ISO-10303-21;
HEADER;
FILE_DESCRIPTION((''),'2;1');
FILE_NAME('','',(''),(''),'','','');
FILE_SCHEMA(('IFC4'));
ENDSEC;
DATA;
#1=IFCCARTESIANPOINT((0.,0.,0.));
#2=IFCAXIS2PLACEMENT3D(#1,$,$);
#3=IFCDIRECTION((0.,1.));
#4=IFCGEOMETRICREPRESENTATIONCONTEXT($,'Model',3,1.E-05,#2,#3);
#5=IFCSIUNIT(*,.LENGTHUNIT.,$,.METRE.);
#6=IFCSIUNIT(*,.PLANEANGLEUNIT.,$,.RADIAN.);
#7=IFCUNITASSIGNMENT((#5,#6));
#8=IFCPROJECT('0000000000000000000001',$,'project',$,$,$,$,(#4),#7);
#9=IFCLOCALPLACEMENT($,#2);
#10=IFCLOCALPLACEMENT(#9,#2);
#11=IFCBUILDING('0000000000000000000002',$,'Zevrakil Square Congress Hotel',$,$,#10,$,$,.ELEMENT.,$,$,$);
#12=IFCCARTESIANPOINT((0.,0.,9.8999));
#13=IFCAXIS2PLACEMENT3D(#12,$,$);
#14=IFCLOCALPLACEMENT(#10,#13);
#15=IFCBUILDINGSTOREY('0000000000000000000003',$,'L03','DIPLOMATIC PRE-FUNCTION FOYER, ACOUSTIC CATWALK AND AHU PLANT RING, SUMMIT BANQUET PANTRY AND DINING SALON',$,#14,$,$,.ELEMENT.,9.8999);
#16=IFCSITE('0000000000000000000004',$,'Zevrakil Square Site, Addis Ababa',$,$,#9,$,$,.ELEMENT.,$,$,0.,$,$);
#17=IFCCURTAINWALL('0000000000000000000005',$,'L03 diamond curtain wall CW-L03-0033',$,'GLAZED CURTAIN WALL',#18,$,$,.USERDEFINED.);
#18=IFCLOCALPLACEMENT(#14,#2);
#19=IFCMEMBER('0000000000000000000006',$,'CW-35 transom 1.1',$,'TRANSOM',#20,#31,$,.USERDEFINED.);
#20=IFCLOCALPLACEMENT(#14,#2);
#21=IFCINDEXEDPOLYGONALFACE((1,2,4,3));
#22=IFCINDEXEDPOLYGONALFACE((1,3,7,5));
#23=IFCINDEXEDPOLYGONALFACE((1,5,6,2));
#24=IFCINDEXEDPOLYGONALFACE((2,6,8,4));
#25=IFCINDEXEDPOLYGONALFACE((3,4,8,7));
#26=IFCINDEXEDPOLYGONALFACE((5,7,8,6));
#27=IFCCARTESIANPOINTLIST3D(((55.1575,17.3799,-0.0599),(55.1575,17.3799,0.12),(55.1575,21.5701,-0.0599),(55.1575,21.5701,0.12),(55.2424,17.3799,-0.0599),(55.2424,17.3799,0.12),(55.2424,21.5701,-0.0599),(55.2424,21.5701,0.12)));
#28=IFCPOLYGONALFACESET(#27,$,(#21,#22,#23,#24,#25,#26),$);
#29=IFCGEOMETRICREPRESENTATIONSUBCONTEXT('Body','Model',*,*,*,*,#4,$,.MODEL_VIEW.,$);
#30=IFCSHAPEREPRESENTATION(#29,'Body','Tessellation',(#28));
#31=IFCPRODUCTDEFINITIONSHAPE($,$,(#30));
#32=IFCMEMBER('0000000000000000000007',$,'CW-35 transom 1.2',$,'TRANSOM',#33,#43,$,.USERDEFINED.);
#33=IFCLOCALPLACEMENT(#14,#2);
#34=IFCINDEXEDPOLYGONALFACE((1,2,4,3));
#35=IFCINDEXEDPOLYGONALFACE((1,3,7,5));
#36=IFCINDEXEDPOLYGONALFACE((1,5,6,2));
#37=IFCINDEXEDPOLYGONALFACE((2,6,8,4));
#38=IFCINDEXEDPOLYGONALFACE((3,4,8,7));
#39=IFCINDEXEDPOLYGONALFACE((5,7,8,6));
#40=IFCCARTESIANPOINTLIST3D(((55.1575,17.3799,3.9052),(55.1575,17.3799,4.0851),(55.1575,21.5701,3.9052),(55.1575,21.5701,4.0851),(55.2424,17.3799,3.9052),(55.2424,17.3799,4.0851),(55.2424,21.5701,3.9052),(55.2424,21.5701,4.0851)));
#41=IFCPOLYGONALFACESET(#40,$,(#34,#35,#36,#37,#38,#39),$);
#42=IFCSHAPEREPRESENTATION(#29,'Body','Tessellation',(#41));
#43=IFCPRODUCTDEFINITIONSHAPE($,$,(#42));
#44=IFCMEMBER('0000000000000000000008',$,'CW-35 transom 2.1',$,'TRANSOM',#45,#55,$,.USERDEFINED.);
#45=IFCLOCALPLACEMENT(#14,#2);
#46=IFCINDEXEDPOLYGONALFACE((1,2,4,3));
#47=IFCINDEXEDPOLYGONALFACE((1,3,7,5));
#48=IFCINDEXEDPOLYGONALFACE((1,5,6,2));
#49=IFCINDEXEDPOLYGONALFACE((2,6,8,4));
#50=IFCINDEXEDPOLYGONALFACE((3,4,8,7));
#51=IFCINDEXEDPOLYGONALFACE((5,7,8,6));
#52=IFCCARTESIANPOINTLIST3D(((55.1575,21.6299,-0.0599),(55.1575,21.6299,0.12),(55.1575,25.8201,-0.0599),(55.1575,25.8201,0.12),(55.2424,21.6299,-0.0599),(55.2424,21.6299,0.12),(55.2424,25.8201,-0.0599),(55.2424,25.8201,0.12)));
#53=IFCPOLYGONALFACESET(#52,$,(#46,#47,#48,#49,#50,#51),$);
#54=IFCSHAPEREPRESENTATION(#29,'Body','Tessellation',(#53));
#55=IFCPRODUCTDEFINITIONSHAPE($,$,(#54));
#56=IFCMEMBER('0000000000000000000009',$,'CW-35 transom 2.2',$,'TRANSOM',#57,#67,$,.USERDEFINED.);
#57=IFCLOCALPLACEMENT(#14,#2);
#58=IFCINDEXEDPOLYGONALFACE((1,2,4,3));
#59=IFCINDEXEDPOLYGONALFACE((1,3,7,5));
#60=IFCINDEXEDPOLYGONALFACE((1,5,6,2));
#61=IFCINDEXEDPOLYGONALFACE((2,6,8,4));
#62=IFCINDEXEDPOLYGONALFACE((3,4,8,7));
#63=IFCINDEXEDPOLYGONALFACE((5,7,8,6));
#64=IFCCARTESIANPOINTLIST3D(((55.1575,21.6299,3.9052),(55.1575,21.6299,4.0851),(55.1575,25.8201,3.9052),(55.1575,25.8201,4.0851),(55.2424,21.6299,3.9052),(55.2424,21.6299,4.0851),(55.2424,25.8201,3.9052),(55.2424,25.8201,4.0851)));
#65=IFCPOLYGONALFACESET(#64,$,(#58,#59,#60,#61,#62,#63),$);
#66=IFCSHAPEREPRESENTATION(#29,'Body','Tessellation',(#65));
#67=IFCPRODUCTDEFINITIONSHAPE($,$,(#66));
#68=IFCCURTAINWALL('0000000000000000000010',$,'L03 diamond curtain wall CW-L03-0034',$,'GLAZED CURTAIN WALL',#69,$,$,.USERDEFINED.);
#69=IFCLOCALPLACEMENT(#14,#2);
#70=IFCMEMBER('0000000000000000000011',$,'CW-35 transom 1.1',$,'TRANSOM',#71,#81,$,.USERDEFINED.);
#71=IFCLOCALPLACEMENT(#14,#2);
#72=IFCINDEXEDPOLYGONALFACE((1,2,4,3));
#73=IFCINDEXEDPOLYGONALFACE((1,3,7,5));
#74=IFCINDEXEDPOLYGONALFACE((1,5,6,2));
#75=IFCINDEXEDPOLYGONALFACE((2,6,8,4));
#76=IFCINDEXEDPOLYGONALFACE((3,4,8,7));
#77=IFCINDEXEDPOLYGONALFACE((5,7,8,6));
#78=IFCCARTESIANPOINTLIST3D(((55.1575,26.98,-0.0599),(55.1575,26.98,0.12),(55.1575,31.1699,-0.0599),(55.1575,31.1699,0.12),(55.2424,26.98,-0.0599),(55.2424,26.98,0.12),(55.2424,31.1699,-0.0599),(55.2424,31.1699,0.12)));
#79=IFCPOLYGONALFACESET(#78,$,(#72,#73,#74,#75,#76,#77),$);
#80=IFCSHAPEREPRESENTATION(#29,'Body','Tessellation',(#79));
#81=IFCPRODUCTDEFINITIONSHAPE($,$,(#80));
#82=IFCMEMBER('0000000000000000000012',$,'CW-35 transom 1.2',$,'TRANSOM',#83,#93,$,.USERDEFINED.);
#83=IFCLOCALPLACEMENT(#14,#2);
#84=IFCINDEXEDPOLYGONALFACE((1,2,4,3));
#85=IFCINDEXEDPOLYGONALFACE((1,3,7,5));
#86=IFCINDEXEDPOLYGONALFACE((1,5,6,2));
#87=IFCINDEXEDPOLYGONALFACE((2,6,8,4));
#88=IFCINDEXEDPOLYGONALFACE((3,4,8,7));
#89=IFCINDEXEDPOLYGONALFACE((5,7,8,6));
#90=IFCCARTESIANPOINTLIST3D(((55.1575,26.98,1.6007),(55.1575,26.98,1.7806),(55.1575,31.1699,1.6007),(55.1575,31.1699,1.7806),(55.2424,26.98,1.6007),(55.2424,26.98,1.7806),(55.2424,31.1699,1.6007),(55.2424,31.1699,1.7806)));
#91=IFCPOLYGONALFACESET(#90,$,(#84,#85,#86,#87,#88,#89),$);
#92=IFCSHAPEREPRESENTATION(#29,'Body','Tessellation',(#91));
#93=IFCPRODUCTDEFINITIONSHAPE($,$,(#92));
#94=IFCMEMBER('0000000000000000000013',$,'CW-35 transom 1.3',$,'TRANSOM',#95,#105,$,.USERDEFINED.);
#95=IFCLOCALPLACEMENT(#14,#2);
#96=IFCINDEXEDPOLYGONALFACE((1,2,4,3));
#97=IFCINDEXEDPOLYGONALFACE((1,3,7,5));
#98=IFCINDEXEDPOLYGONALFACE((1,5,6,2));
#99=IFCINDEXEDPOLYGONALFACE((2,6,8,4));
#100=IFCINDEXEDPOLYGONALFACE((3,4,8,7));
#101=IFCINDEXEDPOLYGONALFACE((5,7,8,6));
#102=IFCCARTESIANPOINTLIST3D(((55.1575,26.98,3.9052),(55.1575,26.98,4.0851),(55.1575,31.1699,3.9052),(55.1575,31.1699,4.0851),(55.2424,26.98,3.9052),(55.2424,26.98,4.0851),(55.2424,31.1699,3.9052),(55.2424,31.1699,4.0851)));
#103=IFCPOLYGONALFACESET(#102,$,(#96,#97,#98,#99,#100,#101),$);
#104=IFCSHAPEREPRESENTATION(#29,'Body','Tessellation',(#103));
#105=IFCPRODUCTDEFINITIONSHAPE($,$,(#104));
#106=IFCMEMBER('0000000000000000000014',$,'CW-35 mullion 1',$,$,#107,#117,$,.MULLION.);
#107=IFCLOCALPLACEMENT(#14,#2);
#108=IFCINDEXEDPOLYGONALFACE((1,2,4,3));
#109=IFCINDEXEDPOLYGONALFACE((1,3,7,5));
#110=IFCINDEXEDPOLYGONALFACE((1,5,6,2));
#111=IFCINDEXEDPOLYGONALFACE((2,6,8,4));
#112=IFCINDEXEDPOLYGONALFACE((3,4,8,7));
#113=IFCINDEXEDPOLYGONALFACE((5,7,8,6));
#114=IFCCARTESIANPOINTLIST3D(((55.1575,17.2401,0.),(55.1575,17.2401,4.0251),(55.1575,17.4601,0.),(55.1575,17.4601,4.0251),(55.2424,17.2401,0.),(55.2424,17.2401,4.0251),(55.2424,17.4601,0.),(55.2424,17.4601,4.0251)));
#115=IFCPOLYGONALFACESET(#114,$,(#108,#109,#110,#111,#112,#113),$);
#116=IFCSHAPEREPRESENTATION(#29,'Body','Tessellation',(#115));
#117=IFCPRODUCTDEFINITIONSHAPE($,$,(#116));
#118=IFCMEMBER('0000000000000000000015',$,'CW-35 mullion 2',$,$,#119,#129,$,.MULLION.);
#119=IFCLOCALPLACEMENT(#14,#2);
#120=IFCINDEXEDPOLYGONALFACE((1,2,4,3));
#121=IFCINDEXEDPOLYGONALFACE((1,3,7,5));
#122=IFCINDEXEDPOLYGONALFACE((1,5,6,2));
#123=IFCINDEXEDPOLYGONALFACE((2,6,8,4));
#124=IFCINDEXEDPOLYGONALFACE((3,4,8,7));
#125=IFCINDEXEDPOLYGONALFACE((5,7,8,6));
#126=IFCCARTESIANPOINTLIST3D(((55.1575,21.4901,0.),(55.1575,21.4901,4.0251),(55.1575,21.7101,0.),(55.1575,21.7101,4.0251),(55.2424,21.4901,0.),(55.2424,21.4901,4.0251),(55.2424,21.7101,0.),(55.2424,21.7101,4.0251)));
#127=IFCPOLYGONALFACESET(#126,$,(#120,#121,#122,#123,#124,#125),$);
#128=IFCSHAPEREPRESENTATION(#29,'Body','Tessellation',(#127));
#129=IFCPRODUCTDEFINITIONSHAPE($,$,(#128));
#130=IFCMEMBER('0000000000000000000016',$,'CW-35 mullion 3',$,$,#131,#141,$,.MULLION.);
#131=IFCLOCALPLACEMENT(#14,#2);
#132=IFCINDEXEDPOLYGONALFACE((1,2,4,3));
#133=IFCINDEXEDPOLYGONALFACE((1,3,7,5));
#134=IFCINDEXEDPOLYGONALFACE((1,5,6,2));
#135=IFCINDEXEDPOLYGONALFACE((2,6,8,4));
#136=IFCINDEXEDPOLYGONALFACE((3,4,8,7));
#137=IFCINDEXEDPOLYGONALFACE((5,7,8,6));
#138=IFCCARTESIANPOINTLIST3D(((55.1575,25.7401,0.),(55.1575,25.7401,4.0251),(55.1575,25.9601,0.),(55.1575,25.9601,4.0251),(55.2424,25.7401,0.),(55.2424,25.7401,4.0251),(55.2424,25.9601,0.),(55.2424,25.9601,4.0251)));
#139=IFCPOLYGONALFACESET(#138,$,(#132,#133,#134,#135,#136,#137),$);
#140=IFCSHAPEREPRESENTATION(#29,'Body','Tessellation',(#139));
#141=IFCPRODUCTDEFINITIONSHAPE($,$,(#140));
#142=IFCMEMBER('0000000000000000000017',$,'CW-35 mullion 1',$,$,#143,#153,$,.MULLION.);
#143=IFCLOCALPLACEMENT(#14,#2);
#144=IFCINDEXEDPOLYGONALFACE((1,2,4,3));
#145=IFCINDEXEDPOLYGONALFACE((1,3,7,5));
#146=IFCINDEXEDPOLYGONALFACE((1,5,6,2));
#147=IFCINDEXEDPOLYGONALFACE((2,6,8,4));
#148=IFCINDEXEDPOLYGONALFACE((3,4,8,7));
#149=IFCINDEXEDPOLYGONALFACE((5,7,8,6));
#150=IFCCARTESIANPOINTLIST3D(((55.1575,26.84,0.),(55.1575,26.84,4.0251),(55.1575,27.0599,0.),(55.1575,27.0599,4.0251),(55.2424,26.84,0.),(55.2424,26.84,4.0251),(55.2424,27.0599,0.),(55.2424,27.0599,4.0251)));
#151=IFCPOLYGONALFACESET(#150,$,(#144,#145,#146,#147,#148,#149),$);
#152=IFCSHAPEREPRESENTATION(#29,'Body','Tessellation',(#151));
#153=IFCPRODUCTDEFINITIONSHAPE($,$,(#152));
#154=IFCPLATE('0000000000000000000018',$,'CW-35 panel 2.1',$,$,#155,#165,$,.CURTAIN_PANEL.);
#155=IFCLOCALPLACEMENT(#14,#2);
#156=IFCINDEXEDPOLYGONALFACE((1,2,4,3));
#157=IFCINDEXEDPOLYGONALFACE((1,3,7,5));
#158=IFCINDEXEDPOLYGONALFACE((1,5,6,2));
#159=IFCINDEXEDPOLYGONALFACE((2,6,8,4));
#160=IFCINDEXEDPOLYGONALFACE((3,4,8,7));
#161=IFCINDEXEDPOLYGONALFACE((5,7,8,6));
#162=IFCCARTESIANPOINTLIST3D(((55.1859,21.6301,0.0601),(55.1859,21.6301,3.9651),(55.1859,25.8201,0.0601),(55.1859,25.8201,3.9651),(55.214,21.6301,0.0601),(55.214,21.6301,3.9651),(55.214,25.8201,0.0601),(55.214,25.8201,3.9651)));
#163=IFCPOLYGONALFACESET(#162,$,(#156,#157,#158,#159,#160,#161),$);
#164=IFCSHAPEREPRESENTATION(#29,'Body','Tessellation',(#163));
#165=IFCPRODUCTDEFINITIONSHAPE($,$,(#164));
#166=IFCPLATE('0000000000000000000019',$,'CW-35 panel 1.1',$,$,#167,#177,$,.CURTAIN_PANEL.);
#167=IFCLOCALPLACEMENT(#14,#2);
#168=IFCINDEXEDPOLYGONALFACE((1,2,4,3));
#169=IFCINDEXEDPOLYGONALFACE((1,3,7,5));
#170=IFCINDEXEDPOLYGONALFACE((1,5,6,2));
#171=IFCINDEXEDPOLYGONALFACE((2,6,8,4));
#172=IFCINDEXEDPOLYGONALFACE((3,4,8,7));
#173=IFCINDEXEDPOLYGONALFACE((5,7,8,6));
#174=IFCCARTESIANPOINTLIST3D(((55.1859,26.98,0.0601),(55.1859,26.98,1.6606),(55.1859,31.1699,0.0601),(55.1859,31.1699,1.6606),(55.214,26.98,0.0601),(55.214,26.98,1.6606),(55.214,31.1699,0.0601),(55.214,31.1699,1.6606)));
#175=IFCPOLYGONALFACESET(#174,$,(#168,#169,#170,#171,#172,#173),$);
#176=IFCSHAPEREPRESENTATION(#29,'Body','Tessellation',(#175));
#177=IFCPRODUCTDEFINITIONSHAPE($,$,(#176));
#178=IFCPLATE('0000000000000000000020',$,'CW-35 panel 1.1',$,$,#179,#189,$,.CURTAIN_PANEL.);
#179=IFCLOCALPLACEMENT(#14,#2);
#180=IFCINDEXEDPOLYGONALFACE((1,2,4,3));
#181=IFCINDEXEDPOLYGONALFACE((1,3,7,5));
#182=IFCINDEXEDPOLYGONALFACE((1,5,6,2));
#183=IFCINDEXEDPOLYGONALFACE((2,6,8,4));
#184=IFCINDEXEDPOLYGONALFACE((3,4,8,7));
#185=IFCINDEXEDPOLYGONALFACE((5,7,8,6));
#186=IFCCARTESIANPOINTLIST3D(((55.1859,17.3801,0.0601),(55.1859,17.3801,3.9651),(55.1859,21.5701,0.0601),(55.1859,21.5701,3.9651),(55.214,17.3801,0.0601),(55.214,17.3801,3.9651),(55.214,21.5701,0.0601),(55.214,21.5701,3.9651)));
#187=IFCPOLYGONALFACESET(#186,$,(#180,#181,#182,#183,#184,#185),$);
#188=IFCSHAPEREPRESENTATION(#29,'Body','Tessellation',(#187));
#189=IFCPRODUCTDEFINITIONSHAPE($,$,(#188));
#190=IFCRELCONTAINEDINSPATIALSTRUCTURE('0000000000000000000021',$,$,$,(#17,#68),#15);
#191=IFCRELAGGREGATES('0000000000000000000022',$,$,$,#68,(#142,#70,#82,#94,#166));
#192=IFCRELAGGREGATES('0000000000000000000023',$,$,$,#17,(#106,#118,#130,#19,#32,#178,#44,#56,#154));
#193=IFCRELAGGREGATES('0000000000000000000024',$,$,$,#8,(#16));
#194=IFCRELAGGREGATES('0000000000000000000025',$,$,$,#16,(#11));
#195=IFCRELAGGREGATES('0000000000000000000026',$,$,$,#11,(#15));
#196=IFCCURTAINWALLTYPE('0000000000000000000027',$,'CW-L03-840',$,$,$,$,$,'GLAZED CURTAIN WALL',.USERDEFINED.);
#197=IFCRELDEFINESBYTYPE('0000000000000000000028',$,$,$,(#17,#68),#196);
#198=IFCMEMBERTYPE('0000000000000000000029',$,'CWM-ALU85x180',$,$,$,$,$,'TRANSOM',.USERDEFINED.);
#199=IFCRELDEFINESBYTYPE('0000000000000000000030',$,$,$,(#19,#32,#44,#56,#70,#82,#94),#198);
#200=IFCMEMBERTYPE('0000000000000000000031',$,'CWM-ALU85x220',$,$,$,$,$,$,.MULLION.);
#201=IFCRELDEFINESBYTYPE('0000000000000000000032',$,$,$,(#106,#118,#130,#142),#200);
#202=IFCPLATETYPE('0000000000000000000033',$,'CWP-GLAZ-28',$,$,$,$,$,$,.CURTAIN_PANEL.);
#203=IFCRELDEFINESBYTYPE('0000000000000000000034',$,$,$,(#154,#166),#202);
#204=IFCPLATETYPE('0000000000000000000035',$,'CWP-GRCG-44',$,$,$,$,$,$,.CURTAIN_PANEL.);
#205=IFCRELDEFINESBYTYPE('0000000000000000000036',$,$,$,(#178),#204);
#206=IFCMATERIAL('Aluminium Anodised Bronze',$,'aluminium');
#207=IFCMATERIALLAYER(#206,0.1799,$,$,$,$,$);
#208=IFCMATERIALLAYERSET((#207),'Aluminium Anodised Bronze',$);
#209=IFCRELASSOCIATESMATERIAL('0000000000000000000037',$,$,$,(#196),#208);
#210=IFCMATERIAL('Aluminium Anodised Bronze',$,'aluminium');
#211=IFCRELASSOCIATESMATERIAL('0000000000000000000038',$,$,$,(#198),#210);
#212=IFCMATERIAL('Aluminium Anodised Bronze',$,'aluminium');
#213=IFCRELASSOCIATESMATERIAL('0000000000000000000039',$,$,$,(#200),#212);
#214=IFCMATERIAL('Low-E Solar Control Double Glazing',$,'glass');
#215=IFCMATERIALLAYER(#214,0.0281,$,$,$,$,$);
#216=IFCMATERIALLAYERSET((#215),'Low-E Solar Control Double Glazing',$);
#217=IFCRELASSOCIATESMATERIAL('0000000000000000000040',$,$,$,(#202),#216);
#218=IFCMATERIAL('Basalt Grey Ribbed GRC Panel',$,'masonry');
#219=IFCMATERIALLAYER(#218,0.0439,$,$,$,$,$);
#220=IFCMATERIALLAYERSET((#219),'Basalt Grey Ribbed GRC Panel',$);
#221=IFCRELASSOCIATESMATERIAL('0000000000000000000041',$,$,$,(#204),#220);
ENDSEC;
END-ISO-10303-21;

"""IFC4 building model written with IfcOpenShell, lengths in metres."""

from ifc_helpers import new_model, si_unit, direction, frame, origin, origin_2d, place, context, subcontext, project, spatial, rectangle, extrude, material, layer, layer_set, material_profile, profile_set, type_object, element, aggregate, save


model = new_model("IFC4")

# Units and contexts
model_context = context("Model", 3, precision=1e-05, world=origin(), true_north=direction((0.0, 1.0)))
body_context = subcontext(model_context, "Body", "Model", "MODEL_VIEW")
ifc_project = project(units=[si_unit("LENGTHUNIT", "METRE"), si_unit("PLANEANGLEUNIT", "RADIAN")], contexts=[model_context])

# Site, building, storey
site_placement = place(None, origin())
site = spatial("IfcSite", under=ifc_project, at=site_placement, Name="Zevrakil Square Site, Addis Ababa", CompositionType="ELEMENT", RefElevation=0.0)
building_placement = place(site_placement, origin())
building = spatial("IfcBuilding", under=site, at=building_placement, Name="Zevrakil Square Congress Hotel", CompositionType="ELEMENT")
storey_placement = place(building_placement, frame((0.0, 0.0, 9.8999)))
storey = spatial("IfcBuildingStorey", under=building, at=storey_placement, Name="L03", Description="DIPLOMATIC PRE-FUNCTION FOYER, ACOUSTIC CATWALK AND AHU PLANT RING, SUMMIT BANQUET PANTRY AND DINING SALON", CompositionType="ELEMENT", Elevation=9.8999)

# Curtain walls, members
ifc_material_1 = material(Name="Aluminium Anodised Bronze", Category="aluminium")
ifc_layer_1 = layer(ifc_material_1, 0.1799)
ifc_layer_set_1 = layer_set([ifc_layer_1], Name="Aluminium Anodised Bronze")
curtain_wall_type = type_object("IfcCurtainWallType", Name="CW-L03-840", ElementType="GLAZED CURTAIN WALL", PredefinedType="USERDEFINED", material=ifc_layer_set_1)
curtain_wall_1_placement = place(storey_placement, origin())
curtain_wall_1 = element("IfcCurtainWall", 1, at=curtain_wall_1_placement, inside=storey, type_object=curtain_wall_type, Name="L03 diamond curtain wall CW-L03-0033", ObjectType="GLAZED CURTAIN WALL", PredefinedType="USERDEFINED")
ifc_material_2 = material(Name="Aluminium Anodised Bronze", Category="aluminium")
ifc_material_profile_1 = material_profile(ifc_material_2, rectangle(XDim=0.085, YDim=0.1799, at=origin_2d()), Name="ALU 85x180")
ifc_profile_set_1 = profile_set([ifc_material_profile_1], Name="Aluminium Anodised Bronze")
member_type_1 = type_object("IfcMemberType", Name="CWM-ALU85x180", ElementType="TRANSOM", PredefinedType="USERDEFINED", material=ifc_profile_set_1)
member_1_placement = place(storey_placement, frame((55.2, 17.3799, 0.03), z_axis=(0.0, 1.0, 0.0), x_axis=(-1.0, 0.0, 0.0)))
member_1 = element("IfcMember", 2, at=member_1_placement, type_object=member_type_1, Name="CW-35 transom 1.1", ObjectType="TRANSOM", PredefinedType="USERDEFINED", context=body_context, shape_type="SweptSolid", body=[
    extrude(rectangle(XDim=0.085, YDim=0.1799, at=origin_2d()), origin(), (0.0, 0.0, 1.0), 4.1902),
])
member_2_placement = place(storey_placement, frame((55.2, 17.3799, 3.9951), z_axis=(0.0, 1.0, 0.0), x_axis=(-1.0, 0.0, 0.0)))
member_2 = element("IfcMember", 3, at=member_2_placement, type_object=member_type_1, Name="CW-35 transom 1.2", ObjectType="TRANSOM", PredefinedType="USERDEFINED", context=body_context, shape_type="SweptSolid", body=[
    extrude(rectangle(XDim=0.085, YDim=0.1799, at=origin_2d()), origin(), (0.0, 0.0, 1.0), 4.1902),
])
member_3_placement = place(storey_placement, frame((55.2, 21.6299, 0.03), z_axis=(0.0, 1.0, 0.0), x_axis=(-1.0, 0.0, 0.0)))
member_3 = element("IfcMember", 4, at=member_3_placement, type_object=member_type_1, Name="CW-35 transom 2.1", ObjectType="TRANSOM", PredefinedType="USERDEFINED", context=body_context, shape_type="SweptSolid", body=[
    extrude(rectangle(XDim=0.085, YDim=0.1799, at=origin_2d()), origin(), (0.0, 0.0, 1.0), 4.1902),
])
member_4_placement = place(storey_placement, frame((55.2, 21.6299, 3.9951), z_axis=(0.0, 1.0, 0.0), x_axis=(-1.0, 0.0, 0.0)))
member_4 = element("IfcMember", 5, at=member_4_placement, type_object=member_type_1, Name="CW-35 transom 2.2", ObjectType="TRANSOM", PredefinedType="USERDEFINED", context=body_context, shape_type="SweptSolid", body=[
    extrude(rectangle(XDim=0.085, YDim=0.1799, at=origin_2d()), origin(), (0.0, 0.0, 1.0), 4.1902),
])
curtain_wall_2_placement = place(storey_placement, origin())
curtain_wall_2 = element("IfcCurtainWall", 6, at=curtain_wall_2_placement, inside=storey, type_object=curtain_wall_type, Name="L03 diamond curtain wall CW-L03-0034", ObjectType="GLAZED CURTAIN WALL", PredefinedType="USERDEFINED")
member_5_placement = place(storey_placement, frame((55.2, 26.98, 0.03), z_axis=(0.0, 1.0, 0.0), x_axis=(-1.0, 0.0, 0.0)))
member_5 = element("IfcMember", 7, at=member_5_placement, type_object=member_type_1, Name="CW-35 transom 1.1", ObjectType="TRANSOM", PredefinedType="USERDEFINED", context=body_context, shape_type="SweptSolid", body=[
    extrude(rectangle(XDim=0.085, YDim=0.1799, at=origin_2d()), origin(), (0.0, 0.0, 1.0), 4.1899),
])
member_6_placement = place(storey_placement, frame((55.2, 26.98, 1.6907), z_axis=(0.0, 1.0, 0.0), x_axis=(-1.0, 0.0, 0.0)))
member_6 = element("IfcMember", 8, at=member_6_placement, type_object=member_type_1, Name="CW-35 transom 1.2", ObjectType="TRANSOM", PredefinedType="USERDEFINED", context=body_context, shape_type="SweptSolid", body=[
    extrude(rectangle(XDim=0.085, YDim=0.1799, at=origin_2d()), origin(), (0.0, 0.0, 1.0), 4.1899),
])
member_7_placement = place(storey_placement, frame((55.2, 26.98, 3.9951), z_axis=(0.0, 1.0, 0.0), x_axis=(-1.0, 0.0, 0.0)))
member_7 = element("IfcMember", 9, at=member_7_placement, type_object=member_type_1, Name="CW-35 transom 1.3", ObjectType="TRANSOM", PredefinedType="USERDEFINED", context=body_context, shape_type="SweptSolid", body=[
    extrude(rectangle(XDim=0.085, YDim=0.1799, at=origin_2d()), origin(), (0.0, 0.0, 1.0), 4.1899),
])

# Members
ifc_material_3 = material(Name="Aluminium Anodised Bronze", Category="aluminium")
ifc_material_profile_2 = material_profile(ifc_material_3, rectangle(XDim=0.085, YDim=0.22, at=origin_2d()), Name="ALU 85x220")
ifc_profile_set_2 = profile_set([ifc_material_profile_2], Name="Aluminium Anodised Bronze")
member_type_2 = type_object("IfcMemberType", Name="CWM-ALU85x220", PredefinedType="MULLION", material=ifc_profile_set_2)
member_8_placement = place(storey_placement, frame((55.2, 17.3501, 0.0), z_axis=(0.0, 0.0, 1.0), x_axis=(-1.0, 0.0, 0.0)))
member_8 = element("IfcMember", 10, at=member_8_placement, type_object=member_type_2, Name="CW-35 mullion 1", PredefinedType="MULLION", context=body_context, shape_type="SweptSolid", body=[
    extrude(rectangle(XDim=0.085, YDim=0.22, at=origin_2d()), origin(), (0.0, 0.0, 1.0), 4.0251),
])
member_9_placement = place(storey_placement, frame((55.2, 21.6001, 0.0), z_axis=(0.0, 0.0, 1.0), x_axis=(-1.0, 0.0, 0.0)))
member_9 = element("IfcMember", 11, at=member_9_placement, type_object=member_type_2, Name="CW-35 mullion 2", PredefinedType="MULLION", context=body_context, shape_type="SweptSolid", body=[
    extrude(rectangle(XDim=0.085, YDim=0.22, at=origin_2d()), origin(), (0.0, 0.0, 1.0), 4.0251),
])
member_10_placement = place(storey_placement, frame((55.2, 25.8501, 0.0), z_axis=(0.0, 0.0, 1.0), x_axis=(-1.0, 0.0, 0.0)))
member_10 = element("IfcMember", 12, at=member_10_placement, type_object=member_type_2, Name="CW-35 mullion 3", PredefinedType="MULLION", context=body_context, shape_type="SweptSolid", body=[
    extrude(rectangle(XDim=0.085, YDim=0.22, at=origin_2d()), origin(), (0.0, 0.0, 1.0), 4.0251),
])
member_11_placement = place(storey_placement, frame((55.2, 26.95, 0.0), z_axis=(0.0, 0.0, 1.0), x_axis=(-1.0, 0.0, 0.0)))
member_11 = element("IfcMember", 13, at=member_11_placement, type_object=member_type_2, Name="CW-35 mullion 1", PredefinedType="MULLION", context=body_context, shape_type="SweptSolid", body=[
    extrude(rectangle(XDim=0.085, YDim=0.22, at=origin_2d()), origin(), (0.0, 0.0, 1.0), 4.0251),
])

# Plates
ifc_material_4 = material(Name="Low-E Solar Control Double Glazing", Category="glass")
ifc_layer_2 = layer(ifc_material_4, 0.0281)
ifc_layer_set_2 = layer_set([ifc_layer_2], Name="Low-E Solar Control Double Glazing")
plate_type_1 = type_object("IfcPlateType", Name="CWP-GLAZ-28", PredefinedType="CURTAIN_PANEL", material=ifc_layer_set_2)
plate_1_placement = place(storey_placement, frame((55.2, 23.7251, 0.0601), z_axis=(0.0, 0.0, 1.0), x_axis=(0.0, 1.0, 0.0)))
plate_1 = element("IfcPlate", 14, at=plate_1_placement, type_object=plate_type_1, Name="CW-35 panel 2.1", PredefinedType="CURTAIN_PANEL", context=body_context, shape_type="SweptSolid", body=[
    extrude(rectangle(XDim=4.1899, YDim=0.0281, at=origin_2d()), origin(), (0.0, 0.0, 1.0), 3.905),
])
plate_2_placement = place(storey_placement, frame((55.2, 29.075, 0.0601), z_axis=(0.0, 0.0, 1.0), x_axis=(0.0, 1.0, 0.0)))
plate_2 = element("IfcPlate", 15, at=plate_2_placement, type_object=plate_type_1, Name="CW-35 panel 1.1", PredefinedType="CURTAIN_PANEL", context=body_context, shape_type="SweptSolid", body=[
    extrude(rectangle(XDim=4.1899, YDim=0.0281, at=origin_2d()), origin(), (0.0, 0.0, 1.0), 1.6006),
])
aggregate(curtain_wall_2, [member_11, member_5, member_6, member_7, plate_2])
ifc_material_5 = material(Name="Basalt Grey Ribbed GRC Panel", Category="masonry")
ifc_layer_3 = layer(ifc_material_5, 0.0439)
ifc_layer_set_3 = layer_set([ifc_layer_3], Name="Basalt Grey Ribbed GRC Panel")
plate_type_2 = type_object("IfcPlateType", Name="CWP-GRCG-44", PredefinedType="CURTAIN_PANEL", material=ifc_layer_set_3)
plate_3_placement = place(storey_placement, frame((55.2, 19.4751, 0.0601), z_axis=(0.0, 0.0, 1.0), x_axis=(0.0, 1.0, 0.0)))
plate_3 = element("IfcPlate", 16, at=plate_3_placement, type_object=plate_type_2, Name="CW-35 panel 1.1", PredefinedType="CURTAIN_PANEL", context=body_context, shape_type="SweptSolid", body=[
    extrude(rectangle(XDim=4.1899, YDim=0.0281, at=origin_2d()), origin(), (0.0, 0.0, 1.0), 3.905),
])
aggregate(curtain_wall_1, [member_8, member_9, member_10, member_1, member_2, plate_3, member_3, member_4, plate_1])

save(model, "model.ifc")
